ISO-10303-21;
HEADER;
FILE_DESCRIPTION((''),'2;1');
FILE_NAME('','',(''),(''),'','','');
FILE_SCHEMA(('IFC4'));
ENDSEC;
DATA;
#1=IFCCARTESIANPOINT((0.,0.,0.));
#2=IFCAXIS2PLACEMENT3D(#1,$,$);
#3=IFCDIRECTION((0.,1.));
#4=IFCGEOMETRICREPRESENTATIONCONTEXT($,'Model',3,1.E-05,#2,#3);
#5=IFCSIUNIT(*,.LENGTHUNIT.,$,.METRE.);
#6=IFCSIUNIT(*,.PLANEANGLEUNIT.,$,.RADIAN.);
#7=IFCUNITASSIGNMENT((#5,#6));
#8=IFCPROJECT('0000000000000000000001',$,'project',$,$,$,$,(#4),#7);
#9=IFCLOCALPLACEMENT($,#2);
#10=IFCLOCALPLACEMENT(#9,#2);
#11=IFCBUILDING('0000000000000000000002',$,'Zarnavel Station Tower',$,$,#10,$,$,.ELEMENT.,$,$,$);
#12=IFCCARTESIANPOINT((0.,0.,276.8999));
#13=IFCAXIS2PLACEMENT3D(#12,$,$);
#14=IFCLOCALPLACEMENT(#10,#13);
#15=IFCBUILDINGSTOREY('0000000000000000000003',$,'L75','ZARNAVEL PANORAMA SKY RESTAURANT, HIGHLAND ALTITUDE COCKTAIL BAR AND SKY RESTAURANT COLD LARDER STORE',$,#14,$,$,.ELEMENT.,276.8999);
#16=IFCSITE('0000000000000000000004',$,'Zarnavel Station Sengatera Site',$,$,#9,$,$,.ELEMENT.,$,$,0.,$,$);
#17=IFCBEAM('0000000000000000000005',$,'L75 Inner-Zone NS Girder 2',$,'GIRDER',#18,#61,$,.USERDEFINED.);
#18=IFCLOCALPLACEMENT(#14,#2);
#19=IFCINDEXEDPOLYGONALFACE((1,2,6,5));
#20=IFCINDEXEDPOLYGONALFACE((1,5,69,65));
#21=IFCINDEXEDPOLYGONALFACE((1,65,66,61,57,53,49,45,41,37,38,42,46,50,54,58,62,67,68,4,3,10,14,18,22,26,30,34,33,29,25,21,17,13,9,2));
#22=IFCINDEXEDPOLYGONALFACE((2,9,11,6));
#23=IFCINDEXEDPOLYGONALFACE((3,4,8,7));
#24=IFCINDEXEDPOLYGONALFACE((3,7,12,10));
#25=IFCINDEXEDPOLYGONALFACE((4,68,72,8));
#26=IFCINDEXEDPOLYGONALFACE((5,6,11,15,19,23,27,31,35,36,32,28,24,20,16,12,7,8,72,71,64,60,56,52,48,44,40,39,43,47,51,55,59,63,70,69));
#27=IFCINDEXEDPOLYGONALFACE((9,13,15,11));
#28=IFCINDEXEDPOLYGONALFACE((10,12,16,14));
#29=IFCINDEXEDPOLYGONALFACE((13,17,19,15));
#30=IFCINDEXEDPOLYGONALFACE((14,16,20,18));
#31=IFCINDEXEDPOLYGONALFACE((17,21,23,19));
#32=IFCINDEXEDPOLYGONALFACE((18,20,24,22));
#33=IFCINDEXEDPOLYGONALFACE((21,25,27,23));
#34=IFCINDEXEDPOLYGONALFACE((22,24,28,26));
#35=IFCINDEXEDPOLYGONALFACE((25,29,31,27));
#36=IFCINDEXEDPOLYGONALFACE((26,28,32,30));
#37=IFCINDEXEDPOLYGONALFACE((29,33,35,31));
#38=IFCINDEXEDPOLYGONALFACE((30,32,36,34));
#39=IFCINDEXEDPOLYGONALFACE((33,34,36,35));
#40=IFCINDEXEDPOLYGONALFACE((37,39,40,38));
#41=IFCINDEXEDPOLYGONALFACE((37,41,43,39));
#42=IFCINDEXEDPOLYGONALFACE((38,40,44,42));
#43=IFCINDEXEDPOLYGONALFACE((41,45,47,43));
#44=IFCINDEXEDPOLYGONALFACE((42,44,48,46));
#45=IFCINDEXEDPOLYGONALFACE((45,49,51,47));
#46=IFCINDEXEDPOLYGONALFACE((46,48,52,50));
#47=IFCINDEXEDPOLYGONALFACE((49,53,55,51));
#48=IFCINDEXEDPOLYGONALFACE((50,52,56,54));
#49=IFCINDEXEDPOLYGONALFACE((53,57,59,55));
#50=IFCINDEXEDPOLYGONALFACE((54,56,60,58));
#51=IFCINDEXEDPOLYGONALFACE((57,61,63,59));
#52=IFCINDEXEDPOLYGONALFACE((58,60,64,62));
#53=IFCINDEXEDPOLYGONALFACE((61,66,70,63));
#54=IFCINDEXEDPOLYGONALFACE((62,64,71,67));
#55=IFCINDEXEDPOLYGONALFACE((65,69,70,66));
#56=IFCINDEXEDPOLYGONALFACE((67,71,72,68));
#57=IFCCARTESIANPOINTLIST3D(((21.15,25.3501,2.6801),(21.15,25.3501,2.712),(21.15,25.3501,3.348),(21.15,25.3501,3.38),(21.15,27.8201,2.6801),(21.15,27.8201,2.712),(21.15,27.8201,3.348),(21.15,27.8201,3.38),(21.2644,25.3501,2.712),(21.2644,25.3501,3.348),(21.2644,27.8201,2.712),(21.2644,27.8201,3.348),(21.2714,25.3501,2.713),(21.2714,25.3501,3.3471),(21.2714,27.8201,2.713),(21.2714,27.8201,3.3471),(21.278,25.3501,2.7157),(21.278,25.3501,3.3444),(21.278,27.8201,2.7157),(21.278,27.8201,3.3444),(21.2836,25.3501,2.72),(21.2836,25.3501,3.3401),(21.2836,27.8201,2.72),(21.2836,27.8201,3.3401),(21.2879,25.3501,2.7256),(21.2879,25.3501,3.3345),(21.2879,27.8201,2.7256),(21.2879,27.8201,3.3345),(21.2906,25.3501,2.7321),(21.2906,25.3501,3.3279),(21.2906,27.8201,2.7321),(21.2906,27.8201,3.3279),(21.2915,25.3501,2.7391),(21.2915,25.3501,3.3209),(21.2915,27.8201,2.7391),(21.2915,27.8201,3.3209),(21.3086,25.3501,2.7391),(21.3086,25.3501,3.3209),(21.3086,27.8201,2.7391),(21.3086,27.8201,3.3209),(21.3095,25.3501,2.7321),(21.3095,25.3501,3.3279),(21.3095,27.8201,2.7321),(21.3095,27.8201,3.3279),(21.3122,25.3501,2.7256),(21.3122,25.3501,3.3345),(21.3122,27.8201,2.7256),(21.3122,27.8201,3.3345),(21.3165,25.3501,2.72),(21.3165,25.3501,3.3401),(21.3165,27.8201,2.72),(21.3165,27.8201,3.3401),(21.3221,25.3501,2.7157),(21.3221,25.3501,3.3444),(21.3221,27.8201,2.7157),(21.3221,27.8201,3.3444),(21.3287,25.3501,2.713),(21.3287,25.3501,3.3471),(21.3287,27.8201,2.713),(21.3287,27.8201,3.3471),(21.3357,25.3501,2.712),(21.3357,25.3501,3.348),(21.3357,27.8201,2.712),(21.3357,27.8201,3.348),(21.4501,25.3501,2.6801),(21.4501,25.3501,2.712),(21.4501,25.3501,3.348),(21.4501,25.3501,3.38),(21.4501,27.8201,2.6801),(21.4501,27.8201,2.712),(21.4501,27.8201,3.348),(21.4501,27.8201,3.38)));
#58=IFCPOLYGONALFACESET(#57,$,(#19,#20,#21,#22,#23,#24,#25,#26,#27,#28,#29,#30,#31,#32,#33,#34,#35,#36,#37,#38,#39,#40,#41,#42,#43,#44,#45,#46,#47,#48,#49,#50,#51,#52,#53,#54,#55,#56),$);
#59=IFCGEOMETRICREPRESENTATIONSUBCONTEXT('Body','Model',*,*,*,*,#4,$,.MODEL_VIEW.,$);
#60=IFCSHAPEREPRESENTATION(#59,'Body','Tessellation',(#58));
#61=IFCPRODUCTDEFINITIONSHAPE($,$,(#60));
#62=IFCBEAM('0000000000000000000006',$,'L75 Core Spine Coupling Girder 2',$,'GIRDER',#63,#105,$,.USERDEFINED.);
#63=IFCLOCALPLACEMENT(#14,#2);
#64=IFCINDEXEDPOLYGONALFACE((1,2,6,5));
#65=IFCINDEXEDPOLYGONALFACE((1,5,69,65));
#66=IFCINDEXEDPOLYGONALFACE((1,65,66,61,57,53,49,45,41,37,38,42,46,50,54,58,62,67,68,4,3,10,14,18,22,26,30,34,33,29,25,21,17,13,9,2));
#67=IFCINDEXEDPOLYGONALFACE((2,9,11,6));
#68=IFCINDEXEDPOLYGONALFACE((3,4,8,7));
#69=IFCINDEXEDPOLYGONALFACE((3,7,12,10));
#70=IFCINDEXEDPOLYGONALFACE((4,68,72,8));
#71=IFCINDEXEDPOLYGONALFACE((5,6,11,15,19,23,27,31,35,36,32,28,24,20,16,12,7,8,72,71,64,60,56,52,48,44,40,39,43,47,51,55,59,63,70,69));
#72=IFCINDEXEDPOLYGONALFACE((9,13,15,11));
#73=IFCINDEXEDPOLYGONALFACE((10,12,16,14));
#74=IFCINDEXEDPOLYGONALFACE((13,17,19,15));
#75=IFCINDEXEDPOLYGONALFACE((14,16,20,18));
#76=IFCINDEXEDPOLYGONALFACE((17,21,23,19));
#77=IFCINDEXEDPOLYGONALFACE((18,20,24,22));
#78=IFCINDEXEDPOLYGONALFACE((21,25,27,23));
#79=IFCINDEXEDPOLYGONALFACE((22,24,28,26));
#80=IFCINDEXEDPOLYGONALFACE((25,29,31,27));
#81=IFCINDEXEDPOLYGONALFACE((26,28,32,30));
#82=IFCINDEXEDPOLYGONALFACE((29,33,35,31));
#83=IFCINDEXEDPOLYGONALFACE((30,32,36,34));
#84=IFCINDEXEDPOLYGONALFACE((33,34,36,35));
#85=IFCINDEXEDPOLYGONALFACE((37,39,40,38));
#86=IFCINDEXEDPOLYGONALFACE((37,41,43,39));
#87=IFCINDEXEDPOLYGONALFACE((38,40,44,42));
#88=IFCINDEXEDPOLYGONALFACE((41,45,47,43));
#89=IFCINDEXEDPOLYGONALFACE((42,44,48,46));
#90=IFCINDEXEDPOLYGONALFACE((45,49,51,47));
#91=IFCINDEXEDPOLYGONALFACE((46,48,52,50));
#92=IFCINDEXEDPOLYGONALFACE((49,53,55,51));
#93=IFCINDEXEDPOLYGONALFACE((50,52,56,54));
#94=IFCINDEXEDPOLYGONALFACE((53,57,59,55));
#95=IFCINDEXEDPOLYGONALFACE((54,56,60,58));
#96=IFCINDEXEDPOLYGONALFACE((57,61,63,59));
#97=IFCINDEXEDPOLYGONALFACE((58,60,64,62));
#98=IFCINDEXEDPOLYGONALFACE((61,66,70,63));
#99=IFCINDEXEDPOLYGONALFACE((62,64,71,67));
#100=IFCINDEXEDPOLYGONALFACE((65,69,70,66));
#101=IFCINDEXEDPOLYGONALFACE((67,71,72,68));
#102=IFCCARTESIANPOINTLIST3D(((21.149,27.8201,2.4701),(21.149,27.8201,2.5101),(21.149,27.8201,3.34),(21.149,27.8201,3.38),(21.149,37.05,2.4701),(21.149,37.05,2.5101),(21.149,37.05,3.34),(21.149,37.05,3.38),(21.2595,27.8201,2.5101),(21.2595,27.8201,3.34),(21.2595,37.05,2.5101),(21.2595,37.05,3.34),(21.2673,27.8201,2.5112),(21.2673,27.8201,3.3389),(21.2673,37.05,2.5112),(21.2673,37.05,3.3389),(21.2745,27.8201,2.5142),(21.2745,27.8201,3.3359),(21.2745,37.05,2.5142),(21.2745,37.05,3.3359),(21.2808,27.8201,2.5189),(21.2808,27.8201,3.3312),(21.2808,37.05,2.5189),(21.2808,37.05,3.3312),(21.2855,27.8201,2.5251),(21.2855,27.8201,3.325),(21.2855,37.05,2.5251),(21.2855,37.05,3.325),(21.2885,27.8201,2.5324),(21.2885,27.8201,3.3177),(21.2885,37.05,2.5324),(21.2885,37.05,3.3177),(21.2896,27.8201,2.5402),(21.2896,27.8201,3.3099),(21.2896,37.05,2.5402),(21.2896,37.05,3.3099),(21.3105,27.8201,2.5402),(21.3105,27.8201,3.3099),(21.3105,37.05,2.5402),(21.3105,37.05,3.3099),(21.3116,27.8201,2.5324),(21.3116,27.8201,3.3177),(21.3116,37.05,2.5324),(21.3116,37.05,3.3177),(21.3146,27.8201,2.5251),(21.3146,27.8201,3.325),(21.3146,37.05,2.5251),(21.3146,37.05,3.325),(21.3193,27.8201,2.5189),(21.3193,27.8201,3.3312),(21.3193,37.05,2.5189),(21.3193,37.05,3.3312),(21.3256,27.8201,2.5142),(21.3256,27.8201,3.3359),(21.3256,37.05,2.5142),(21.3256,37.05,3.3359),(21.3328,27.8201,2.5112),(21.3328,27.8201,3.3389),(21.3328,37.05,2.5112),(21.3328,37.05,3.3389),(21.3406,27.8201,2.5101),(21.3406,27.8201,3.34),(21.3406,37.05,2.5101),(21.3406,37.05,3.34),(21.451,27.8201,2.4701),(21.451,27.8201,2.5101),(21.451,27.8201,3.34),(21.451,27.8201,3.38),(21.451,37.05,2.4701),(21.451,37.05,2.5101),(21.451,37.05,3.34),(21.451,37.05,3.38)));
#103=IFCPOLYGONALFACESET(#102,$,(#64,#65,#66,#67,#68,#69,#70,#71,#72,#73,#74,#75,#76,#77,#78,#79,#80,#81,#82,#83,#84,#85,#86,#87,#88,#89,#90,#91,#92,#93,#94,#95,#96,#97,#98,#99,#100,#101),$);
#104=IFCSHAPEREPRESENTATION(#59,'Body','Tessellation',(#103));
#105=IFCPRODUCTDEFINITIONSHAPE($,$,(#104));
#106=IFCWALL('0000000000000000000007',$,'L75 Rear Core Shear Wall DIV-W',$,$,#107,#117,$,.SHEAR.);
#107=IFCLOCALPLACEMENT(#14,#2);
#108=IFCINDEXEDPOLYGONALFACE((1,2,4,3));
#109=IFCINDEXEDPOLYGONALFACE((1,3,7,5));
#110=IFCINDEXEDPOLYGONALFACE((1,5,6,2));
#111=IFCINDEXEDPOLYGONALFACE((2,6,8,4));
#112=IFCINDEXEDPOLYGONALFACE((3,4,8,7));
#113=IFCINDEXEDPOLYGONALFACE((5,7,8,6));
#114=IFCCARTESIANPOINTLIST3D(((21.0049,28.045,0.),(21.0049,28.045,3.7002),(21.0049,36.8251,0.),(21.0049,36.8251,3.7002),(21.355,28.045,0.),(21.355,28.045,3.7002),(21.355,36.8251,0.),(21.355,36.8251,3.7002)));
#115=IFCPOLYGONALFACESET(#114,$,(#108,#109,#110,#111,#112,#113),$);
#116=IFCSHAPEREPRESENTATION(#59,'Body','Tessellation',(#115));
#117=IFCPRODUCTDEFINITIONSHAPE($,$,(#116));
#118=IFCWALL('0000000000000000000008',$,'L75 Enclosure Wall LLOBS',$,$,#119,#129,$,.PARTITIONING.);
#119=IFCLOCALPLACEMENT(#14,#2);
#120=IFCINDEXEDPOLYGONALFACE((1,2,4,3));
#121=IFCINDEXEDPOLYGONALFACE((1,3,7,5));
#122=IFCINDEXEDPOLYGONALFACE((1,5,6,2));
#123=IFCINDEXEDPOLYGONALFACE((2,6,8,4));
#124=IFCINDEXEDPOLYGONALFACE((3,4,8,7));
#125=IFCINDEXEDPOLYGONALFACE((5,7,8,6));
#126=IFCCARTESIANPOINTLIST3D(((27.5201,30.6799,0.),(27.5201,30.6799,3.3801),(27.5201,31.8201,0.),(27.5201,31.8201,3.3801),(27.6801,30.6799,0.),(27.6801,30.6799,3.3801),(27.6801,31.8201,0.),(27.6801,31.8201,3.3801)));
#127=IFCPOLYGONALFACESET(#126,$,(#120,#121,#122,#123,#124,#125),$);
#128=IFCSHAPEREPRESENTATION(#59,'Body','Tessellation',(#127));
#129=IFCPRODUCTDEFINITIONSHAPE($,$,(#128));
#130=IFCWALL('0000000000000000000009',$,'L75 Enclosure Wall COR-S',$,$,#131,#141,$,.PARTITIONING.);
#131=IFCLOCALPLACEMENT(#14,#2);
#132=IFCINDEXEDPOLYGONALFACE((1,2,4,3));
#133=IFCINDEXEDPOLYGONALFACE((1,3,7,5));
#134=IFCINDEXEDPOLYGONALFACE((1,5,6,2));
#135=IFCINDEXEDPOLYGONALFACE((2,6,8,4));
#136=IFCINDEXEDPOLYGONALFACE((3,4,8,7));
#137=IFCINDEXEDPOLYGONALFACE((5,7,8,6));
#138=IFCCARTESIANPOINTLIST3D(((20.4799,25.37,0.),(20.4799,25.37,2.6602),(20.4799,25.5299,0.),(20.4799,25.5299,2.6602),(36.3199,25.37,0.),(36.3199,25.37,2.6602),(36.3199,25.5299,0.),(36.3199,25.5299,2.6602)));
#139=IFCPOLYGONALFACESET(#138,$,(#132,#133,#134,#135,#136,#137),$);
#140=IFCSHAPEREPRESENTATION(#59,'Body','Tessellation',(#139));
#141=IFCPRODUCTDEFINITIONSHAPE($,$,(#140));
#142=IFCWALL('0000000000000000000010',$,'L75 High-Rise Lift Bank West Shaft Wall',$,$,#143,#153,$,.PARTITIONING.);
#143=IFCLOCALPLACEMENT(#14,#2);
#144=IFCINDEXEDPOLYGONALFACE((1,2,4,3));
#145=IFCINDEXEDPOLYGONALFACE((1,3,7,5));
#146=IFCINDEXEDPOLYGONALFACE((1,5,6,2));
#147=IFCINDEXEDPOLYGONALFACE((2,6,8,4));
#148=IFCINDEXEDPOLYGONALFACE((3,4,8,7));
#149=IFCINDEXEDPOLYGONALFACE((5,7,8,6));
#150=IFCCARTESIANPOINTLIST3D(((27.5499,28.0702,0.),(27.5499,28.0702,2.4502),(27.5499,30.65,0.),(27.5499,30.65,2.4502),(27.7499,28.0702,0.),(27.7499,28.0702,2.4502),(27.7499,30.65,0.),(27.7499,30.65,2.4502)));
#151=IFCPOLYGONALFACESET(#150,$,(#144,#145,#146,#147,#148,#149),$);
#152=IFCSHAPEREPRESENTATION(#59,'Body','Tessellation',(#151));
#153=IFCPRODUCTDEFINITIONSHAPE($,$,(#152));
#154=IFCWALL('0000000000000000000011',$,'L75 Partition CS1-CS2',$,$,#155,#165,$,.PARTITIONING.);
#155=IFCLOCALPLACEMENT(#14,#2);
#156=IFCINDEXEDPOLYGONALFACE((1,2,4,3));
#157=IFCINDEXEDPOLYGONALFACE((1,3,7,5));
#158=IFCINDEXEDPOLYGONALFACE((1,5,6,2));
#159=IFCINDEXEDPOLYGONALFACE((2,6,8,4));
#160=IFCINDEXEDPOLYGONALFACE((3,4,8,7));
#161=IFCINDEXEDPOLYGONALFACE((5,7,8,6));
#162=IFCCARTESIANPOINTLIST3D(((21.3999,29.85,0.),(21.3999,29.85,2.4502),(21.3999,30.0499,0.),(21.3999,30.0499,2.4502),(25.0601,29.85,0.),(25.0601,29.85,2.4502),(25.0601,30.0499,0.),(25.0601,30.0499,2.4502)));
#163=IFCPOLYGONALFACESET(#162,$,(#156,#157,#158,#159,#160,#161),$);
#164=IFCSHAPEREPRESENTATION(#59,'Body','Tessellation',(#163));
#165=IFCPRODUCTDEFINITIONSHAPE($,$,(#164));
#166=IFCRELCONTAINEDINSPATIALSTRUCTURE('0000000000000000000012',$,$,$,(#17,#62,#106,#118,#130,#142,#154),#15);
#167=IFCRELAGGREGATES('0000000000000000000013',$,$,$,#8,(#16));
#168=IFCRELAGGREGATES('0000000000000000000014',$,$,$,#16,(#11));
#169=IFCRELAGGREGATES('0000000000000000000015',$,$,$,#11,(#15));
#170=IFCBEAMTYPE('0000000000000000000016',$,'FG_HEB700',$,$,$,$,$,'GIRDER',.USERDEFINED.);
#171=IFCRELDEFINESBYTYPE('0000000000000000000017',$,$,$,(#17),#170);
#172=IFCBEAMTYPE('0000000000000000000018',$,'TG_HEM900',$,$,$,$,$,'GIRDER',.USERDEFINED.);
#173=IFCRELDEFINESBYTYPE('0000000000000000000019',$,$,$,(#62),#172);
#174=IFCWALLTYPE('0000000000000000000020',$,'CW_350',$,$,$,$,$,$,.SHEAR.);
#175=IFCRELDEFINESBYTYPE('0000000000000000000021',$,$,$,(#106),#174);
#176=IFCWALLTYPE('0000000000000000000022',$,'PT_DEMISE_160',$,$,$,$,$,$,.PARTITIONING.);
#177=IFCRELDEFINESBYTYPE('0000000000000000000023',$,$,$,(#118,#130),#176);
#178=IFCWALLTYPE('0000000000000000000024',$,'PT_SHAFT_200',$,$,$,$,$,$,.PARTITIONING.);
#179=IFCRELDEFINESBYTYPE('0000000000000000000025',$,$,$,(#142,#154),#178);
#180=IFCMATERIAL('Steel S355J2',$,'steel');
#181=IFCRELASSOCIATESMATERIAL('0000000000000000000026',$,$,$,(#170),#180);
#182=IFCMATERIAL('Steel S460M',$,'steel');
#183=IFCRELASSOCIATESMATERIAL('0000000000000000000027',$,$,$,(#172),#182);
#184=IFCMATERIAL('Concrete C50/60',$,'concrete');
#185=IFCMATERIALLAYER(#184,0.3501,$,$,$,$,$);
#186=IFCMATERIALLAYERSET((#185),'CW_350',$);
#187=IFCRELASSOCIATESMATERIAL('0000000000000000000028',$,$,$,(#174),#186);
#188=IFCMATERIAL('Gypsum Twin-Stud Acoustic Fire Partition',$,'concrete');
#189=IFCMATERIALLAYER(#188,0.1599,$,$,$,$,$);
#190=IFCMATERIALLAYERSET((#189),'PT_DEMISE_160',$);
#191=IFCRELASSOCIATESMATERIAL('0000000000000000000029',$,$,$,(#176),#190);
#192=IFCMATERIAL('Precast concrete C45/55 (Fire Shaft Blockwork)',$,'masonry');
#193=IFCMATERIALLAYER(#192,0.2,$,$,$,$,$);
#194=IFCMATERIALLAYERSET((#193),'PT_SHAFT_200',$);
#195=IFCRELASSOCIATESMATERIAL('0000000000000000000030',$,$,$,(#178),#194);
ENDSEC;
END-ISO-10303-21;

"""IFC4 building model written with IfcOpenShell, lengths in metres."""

from ifc_helpers import new_model, si_unit, direction, frame, frame_2d, origin, origin_2d, place, context, subcontext, project, spatial, rectangle, i_section, extrude, material, layer, layer_set, material_profile, profile_set, type_object, element, save


model = new_model("IFC4")

# Units and contexts
model_context = context("Model", 3, precision=1e-05, world=origin(), true_north=direction((0.0, 1.0)))
body_context = subcontext(model_context, "Body", "Model", "MODEL_VIEW")
ifc_project = project(units=[si_unit("LENGTHUNIT", "METRE"), si_unit("PLANEANGLEUNIT", "RADIAN")], contexts=[model_context])

# Site, building, storey
site_placement = place(None, origin())
site = spatial("IfcSite", under=ifc_project, at=site_placement, Name="Zarnavel Station Sengatera Site", CompositionType="ELEMENT", RefElevation=0.0)
building_placement = place(site_placement, origin())
building = spatial("IfcBuilding", under=site, at=building_placement, Name="Zarnavel Station Tower", CompositionType="ELEMENT")
storey_placement = place(building_placement, frame((0.0, 0.0, 276.8999)))
storey = spatial("IfcBuildingStorey", under=building, at=storey_placement, Name="L75", Description="ZARNAVEL PANORAMA SKY RESTAURANT, HIGHLAND ALTITUDE COCKTAIL BAR AND SKY RESTAURANT COLD LARDER STORE", CompositionType="ELEMENT", Elevation=276.8999)

# Beams
ifc_material_1 = material(Name="Steel S355J2", Category="steel")
ifc_material_profile_1 = material_profile(ifc_material_1, i_section(OverallWidth=0.3, OverallDepth=0.7, WebThickness=0.0171, FlangeThickness=0.032, FilletRadius=0.0271, at=origin_2d()), Name="HEB700")
ifc_profile_set_1 = profile_set([ifc_material_profile_1], Name="Steel S355J2")
beam_type_1 = type_object("IfcBeamType", Name="FG_HEB700", ElementType="GIRDER", PredefinedType="USERDEFINED", material=ifc_profile_set_1)
beam_1_placement = place(storey_placement, frame((21.3, 25.3501, 3.03), z_axis=(0.0, 1.0, 0.0), x_axis=(-1.0, 0.0, 0.0)))
element("IfcBeam", 1, at=beam_1_placement, inside=storey, type_object=beam_type_1, Name="L75 Inner-Zone NS Girder 2", ObjectType="GIRDER", PredefinedType="USERDEFINED", context=body_context, shape_type="SweptSolid", body=[
    extrude(i_section(OverallWidth=0.3, OverallDepth=0.7, WebThickness=0.0171, FlangeThickness=0.032, FilletRadius=0.0271, at=origin_2d()), origin(), (0.0, 0.0, 1.0), 2.47),
])
ifc_material_2 = material(Name="Steel S460M", Category="steel")
ifc_material_profile_2 = material_profile(ifc_material_2, i_section(OverallWidth=0.302, OverallDepth=0.9099, WebThickness=0.021, FlangeThickness=0.04, FilletRadius=0.03, at=origin_2d()), Name="HEM900")
ifc_profile_set_2 = profile_set([ifc_material_profile_2], Name="Steel S460M")
beam_type_2 = type_object("IfcBeamType", Name="TG_HEM900", ElementType="GIRDER", PredefinedType="USERDEFINED", material=ifc_profile_set_2)
beam_2_placement = place(storey_placement, frame((21.3, 27.8201, 2.925), z_axis=(0.0, 1.0, 0.0), x_axis=(-1.0, 0.0, 0.0)))
element("IfcBeam", 2, at=beam_2_placement, inside=storey, type_object=beam_type_2, Name="L75 Core Spine Coupling Girder 2", ObjectType="GIRDER", PredefinedType="USERDEFINED", context=body_context, shape_type="SweptSolid", body=[
    extrude(i_section(OverallWidth=0.302, OverallDepth=0.9099, WebThickness=0.021, FlangeThickness=0.04, FilletRadius=0.03, at=origin_2d()), origin(), (0.0, 0.0, 1.0), 9.23),
])

# Wall
ifc_material_3 = material(Name="Concrete C50/60", Category="concrete")
ifc_layer_1 = layer(ifc_material_3, 0.3501)
ifc_layer_set_1 = layer_set([ifc_layer_1], Name="CW_350")
wall_type_1 = type_object("IfcWallType", Name="CW_350", PredefinedType="SHEAR", material=ifc_layer_set_1)
wall_1_placement = place(storey_placement, frame((21.1799, 28.0449, 0.0), z_axis=(0.0, 0.0, 1.0), x_axis=(0.0, 1.0, 0.0)))
element("IfcWall", 3, at=wall_1_placement, inside=storey, type_object=wall_type_1, Name="L75 Rear Core Shear Wall DIV-W", PredefinedType="SHEAR", context=body_context, shape_type="SweptSolid", body=[
    extrude(rectangle(XDim=8.78, YDim=0.3501, at=frame_2d((4.3901, 0.0))), origin(), (0.0, 0.0, 1.0), 3.7002),
])

# Walls
ifc_material_4 = material(Name="Gypsum Twin-Stud Acoustic Fire Partition", Category="concrete")
ifc_layer_2 = layer(ifc_material_4, 0.1599)
ifc_layer_set_2 = layer_set([ifc_layer_2], Name="PT_DEMISE_160")
wall_type_2 = type_object("IfcWallType", Name="PT_DEMISE_160", PredefinedType="PARTITIONING", material=ifc_layer_set_2)
wall_2_placement = place(storey_placement, frame((27.6001, 30.6799, 0.0), z_axis=(0.0, 0.0, 1.0), x_axis=(0.0, 1.0, 0.0)))
element("IfcWall", 4, at=wall_2_placement, inside=storey, type_object=wall_type_2, Name="L75 Enclosure Wall LLOBS", PredefinedType="PARTITIONING", context=body_context, shape_type="SweptSolid", body=[
    extrude(rectangle(XDim=1.1401, YDim=0.1599, at=frame_2d((0.5701, 0.0))), origin(), (0.0, 0.0, 1.0), 3.3801),
])
wall_3_placement = place(storey_placement, frame((20.48, 25.45, 0.0), z_axis=(0.0, 0.0, 1.0), x_axis=(1.0, 0.0, 0.0)))
element("IfcWall", 5, at=wall_3_placement, inside=storey, type_object=wall_type_2, Name="L75 Enclosure Wall COR-S", PredefinedType="PARTITIONING", context=body_context, shape_type="SweptSolid", body=[
    extrude(rectangle(XDim=15.8401, YDim=0.1599, at=frame_2d((7.9199, 0.0))), origin(), (0.0, 0.0, 1.0), 2.6602),
])

# Shared definitions
ifc_material_5 = material(Name="Precast concrete C45/55 (Fire Shaft Blockwork)", Category="masonry")
ifc_layer_3 = layer(ifc_material_5, 0.2)
ifc_layer_set_3 = layer_set([ifc_layer_3], Name="PT_SHAFT_200")
wall_type_3 = type_object("IfcWallType", Name="PT_SHAFT_200", PredefinedType="PARTITIONING", material=ifc_layer_set_3)

# Wall
wall_4_placement = place(storey_placement, frame((27.6499, 28.0701, 0.0), z_axis=(0.0, 0.0, 1.0), x_axis=(0.0, 1.0, 0.0)))
element("IfcWall", 6, at=wall_4_placement, inside=storey, type_object=wall_type_3, Name="L75 High-Rise Lift Bank West Shaft Wall", PredefinedType="PARTITIONING", context=body_context, shape_type="SweptSolid", body=[
    extrude(rectangle(XDim=2.5798, YDim=0.2, at=frame_2d((1.29, 0.0))), origin(), (0.0, 0.0, 1.0), 2.4502),
])

# Wall
wall_5_placement = place(storey_placement, frame((21.3999, 29.95, 0.0), z_axis=(0.0, 0.0, 1.0), x_axis=(1.0, 0.0, 0.0)))
element("IfcWall", 7, at=wall_5_placement, inside=storey, type_object=wall_type_3, Name="L75 Partition CS1-CS2", PredefinedType="PARTITIONING", context=body_context, shape_type="SweptSolid", body=[
    extrude(rectangle(XDim=3.6602, YDim=0.2, at=frame_2d((1.8301, 0.0))), origin(), (0.0, 0.0, 1.0), 2.4502),
])

save(model, "model.ifc")
